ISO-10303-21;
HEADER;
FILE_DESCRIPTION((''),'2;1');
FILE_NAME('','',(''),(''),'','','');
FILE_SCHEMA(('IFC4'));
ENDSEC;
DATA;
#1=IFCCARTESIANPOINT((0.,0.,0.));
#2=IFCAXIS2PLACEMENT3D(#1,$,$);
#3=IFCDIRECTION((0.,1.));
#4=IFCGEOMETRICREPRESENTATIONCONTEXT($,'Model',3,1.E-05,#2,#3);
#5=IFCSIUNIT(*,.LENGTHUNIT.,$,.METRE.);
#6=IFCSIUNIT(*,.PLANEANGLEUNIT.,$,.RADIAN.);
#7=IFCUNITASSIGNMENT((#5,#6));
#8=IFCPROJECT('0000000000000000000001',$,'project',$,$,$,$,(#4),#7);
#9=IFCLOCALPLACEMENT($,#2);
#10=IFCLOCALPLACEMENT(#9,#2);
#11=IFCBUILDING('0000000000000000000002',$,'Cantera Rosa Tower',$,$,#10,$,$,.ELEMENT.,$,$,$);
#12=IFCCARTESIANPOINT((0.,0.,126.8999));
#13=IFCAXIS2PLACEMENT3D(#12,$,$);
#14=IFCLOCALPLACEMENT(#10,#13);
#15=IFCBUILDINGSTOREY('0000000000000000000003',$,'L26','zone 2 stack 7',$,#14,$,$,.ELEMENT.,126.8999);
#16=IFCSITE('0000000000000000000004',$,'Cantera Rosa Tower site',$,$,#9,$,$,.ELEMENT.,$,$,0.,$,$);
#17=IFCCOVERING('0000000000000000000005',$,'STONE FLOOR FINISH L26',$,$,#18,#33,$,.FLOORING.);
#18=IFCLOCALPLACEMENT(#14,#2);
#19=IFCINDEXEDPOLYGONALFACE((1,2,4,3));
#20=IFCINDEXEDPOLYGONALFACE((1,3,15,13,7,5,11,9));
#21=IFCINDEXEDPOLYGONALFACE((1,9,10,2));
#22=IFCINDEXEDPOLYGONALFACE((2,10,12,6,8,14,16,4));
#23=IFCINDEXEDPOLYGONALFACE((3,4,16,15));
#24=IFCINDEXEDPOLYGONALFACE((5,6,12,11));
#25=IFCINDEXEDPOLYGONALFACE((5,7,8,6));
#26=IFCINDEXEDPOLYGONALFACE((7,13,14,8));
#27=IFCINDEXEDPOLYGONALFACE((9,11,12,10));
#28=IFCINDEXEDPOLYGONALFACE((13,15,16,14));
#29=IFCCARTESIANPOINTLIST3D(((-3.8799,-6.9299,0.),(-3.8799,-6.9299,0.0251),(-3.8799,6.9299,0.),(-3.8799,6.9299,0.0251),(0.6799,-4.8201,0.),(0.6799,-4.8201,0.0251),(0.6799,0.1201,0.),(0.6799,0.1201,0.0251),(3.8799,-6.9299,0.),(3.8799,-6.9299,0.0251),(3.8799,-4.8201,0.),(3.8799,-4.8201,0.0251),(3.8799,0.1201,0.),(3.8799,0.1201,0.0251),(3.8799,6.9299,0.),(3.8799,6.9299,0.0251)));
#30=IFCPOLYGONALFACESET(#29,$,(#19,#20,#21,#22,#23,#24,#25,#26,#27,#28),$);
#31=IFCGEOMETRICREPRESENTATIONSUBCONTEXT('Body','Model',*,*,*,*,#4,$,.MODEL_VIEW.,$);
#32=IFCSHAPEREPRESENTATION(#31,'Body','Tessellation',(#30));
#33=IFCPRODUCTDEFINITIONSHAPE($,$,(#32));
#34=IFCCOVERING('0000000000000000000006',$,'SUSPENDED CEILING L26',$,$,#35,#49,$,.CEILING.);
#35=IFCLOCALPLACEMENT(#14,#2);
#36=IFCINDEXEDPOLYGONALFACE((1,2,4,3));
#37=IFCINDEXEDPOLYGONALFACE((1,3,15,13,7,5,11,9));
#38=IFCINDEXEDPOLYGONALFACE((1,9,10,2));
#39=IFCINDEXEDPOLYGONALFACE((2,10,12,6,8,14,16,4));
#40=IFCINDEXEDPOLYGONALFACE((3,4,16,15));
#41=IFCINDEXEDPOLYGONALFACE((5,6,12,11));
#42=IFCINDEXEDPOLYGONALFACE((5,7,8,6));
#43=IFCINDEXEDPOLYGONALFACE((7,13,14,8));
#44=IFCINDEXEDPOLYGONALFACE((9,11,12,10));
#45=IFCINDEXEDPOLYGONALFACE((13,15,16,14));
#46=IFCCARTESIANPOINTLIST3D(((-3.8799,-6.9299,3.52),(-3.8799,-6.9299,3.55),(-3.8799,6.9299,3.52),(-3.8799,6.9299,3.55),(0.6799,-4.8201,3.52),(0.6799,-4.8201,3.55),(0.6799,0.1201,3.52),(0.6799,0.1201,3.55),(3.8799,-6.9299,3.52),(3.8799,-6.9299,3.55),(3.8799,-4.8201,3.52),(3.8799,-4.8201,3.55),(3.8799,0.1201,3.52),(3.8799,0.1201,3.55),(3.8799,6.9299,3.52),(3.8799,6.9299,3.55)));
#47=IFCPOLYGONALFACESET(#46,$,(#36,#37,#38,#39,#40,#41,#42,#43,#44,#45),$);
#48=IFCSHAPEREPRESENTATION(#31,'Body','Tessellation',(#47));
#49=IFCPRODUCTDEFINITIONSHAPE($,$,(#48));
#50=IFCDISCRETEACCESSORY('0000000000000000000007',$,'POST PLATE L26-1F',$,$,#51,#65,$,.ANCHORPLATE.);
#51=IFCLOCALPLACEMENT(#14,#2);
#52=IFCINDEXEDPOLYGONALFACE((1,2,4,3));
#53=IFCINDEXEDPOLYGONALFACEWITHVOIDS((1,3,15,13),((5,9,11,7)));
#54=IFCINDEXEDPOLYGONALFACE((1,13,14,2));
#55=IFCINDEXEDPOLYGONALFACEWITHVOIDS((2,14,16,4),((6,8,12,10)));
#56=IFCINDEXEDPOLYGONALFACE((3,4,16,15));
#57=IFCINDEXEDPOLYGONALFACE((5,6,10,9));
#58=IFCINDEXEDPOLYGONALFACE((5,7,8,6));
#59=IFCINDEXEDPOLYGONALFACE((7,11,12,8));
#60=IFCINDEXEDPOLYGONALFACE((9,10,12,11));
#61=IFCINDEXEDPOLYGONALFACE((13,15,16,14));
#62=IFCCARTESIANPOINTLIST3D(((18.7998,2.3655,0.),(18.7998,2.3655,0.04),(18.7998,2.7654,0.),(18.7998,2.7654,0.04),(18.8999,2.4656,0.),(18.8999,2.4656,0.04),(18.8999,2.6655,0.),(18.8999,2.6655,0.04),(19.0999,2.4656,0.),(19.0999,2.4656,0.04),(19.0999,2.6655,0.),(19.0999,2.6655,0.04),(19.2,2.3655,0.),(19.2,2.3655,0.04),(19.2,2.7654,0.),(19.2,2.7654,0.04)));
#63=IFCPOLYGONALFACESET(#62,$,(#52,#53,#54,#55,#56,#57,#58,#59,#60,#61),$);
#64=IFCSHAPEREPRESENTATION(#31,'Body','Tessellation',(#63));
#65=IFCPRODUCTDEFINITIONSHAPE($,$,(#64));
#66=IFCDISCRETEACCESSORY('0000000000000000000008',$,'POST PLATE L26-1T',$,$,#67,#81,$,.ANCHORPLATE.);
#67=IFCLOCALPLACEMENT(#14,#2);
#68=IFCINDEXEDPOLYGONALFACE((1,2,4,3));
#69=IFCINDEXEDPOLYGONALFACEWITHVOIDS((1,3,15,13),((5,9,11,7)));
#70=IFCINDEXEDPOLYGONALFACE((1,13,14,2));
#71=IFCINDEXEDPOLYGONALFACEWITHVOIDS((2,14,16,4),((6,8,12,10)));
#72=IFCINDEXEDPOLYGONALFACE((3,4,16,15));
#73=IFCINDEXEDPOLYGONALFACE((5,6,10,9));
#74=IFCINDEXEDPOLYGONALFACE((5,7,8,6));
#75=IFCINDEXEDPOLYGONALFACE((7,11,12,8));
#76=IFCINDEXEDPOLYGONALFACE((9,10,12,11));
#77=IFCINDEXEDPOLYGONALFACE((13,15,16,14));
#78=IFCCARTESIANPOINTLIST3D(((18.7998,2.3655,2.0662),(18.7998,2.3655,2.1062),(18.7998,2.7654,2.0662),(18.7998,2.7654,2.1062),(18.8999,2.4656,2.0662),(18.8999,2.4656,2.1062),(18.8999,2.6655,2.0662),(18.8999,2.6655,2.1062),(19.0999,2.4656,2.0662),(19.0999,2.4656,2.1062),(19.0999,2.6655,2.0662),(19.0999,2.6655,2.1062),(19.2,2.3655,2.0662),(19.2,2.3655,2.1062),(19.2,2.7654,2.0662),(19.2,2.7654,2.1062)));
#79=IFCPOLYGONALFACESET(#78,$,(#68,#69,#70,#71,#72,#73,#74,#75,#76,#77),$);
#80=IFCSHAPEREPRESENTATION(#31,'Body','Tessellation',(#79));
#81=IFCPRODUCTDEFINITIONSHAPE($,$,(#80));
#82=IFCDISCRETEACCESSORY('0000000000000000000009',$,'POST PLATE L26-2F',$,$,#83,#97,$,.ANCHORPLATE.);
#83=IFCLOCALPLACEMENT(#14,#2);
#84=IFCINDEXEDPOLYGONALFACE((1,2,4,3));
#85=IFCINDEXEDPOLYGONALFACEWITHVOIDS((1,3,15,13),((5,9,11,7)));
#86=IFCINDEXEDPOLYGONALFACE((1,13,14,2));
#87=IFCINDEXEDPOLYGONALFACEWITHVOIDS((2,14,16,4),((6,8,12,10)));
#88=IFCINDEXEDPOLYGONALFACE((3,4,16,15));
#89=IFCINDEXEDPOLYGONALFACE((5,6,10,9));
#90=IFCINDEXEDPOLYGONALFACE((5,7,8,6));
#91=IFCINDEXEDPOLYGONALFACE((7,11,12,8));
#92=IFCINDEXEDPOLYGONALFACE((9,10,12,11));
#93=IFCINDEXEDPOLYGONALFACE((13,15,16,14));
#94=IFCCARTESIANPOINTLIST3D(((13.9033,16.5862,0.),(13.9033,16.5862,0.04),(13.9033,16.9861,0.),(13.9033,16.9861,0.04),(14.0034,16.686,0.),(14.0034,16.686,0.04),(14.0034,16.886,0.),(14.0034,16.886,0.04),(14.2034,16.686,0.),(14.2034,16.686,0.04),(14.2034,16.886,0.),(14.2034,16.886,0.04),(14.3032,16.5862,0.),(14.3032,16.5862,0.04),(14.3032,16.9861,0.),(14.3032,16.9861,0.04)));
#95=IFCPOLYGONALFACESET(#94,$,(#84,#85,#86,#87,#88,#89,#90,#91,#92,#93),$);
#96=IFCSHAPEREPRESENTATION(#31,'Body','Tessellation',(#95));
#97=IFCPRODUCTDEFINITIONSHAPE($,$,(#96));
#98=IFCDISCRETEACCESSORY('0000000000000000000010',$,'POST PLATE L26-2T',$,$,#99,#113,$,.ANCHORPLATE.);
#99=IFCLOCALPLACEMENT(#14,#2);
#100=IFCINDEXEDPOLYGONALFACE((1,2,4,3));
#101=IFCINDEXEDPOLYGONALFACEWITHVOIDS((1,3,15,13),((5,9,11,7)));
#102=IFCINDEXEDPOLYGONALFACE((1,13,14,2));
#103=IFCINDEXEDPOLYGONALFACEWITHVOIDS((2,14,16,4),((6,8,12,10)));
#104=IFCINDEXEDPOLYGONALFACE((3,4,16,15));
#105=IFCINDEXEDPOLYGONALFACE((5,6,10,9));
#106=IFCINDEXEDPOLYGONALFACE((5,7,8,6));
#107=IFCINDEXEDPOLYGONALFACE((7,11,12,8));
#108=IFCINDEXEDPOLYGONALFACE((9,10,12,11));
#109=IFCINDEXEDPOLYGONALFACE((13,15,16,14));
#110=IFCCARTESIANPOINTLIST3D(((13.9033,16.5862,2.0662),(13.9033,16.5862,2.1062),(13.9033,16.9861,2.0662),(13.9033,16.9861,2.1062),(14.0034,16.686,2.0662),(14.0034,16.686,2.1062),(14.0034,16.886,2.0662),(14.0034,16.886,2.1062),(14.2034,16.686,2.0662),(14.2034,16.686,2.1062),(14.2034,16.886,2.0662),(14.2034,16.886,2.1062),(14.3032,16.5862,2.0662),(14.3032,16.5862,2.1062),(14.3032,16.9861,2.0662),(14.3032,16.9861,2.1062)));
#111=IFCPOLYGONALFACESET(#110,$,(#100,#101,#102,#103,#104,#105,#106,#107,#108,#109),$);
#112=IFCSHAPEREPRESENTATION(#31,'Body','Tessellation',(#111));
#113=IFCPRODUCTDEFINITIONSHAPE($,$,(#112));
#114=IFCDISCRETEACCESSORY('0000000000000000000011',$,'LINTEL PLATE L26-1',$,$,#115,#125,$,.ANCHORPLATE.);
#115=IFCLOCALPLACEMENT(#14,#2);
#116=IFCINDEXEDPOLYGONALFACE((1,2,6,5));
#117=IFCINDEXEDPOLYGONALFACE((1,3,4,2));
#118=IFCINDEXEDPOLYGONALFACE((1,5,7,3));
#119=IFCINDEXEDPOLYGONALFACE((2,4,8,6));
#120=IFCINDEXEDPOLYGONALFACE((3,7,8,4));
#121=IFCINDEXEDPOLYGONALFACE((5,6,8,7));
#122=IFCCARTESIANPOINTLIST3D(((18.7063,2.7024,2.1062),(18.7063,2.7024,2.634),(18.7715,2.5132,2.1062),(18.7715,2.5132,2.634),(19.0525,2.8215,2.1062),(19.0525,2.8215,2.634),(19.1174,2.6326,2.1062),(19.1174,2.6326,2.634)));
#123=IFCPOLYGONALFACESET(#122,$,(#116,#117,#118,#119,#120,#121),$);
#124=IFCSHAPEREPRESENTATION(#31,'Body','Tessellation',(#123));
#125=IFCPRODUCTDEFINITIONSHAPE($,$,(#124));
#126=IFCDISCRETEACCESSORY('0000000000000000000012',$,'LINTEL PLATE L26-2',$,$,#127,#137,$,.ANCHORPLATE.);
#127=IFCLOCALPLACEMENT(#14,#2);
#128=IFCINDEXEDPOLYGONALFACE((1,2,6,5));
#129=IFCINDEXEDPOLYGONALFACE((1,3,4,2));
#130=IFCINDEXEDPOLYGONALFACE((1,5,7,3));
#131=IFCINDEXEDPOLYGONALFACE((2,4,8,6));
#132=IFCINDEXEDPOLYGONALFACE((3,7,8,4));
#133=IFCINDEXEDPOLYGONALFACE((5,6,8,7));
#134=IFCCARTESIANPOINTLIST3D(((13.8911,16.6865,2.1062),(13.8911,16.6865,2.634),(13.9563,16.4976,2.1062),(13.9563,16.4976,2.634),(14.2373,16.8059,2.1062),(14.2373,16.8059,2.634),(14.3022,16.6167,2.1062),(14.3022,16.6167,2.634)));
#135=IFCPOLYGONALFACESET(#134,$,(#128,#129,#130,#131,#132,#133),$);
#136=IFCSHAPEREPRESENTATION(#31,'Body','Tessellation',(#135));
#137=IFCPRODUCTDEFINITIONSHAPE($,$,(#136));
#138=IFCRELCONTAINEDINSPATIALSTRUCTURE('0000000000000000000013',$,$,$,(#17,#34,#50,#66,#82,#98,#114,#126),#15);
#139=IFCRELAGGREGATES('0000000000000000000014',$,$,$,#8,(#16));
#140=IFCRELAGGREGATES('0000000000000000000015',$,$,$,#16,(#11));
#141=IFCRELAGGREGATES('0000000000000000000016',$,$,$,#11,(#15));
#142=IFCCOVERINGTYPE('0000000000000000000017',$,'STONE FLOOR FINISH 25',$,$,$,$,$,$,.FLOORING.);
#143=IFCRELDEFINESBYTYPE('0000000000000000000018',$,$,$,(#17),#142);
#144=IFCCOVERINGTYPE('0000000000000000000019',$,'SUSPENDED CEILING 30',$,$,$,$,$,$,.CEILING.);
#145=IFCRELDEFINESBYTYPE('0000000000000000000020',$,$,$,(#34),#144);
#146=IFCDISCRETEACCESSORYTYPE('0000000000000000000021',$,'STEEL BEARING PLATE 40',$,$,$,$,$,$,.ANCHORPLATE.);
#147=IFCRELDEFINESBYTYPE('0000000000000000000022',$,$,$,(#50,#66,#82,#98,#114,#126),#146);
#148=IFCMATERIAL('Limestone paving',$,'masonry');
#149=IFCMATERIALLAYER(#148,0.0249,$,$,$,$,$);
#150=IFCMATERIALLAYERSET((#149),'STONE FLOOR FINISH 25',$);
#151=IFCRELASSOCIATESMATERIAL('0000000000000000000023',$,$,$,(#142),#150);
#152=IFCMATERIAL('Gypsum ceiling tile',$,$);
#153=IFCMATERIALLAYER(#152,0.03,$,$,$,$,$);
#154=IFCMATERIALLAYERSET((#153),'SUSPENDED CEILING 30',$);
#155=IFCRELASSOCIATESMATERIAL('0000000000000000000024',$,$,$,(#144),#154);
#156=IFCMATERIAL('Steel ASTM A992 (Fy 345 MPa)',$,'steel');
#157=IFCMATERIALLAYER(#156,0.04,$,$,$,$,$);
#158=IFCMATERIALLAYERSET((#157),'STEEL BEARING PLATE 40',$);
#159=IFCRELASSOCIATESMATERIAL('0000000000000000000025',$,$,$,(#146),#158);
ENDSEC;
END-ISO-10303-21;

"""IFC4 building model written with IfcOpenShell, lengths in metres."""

from ifc_helpers import new_model, si_unit, direction, frame, origin, place, context, subcontext, project, spatial, polyline, outline, extrude, material, layer, layer_set, type_object, element, save


model = new_model("IFC4")

# Units and contexts
model_context = context("Model", 3, precision=1e-05, world=origin(), true_north=direction((0.0, 1.0)))
body_context = subcontext(model_context, "Body", "Model", "MODEL_VIEW")
ifc_project = project(units=[si_unit("LENGTHUNIT", "METRE"), si_unit("PLANEANGLEUNIT", "RADIAN")], contexts=[model_context])

# Site, building, storey
site_placement = place(None, origin())
site = spatial("IfcSite", under=ifc_project, at=site_placement, Name="Cantera Rosa Tower site", CompositionType="ELEMENT", RefElevation=0.0)
building_placement = place(site_placement, origin())
building = spatial("IfcBuilding", under=site, at=building_placement, Name="Cantera Rosa Tower", CompositionType="ELEMENT")
storey_placement = place(building_placement, frame((0.0, 0.0, 126.8999)))
storey = spatial("IfcBuildingStorey", under=building, at=storey_placement, Name="L26", Description="zone 2 stack 7", CompositionType="ELEMENT", Elevation=126.8999)

# Coverings
ifc_material_1 = material(Name="Limestone paving", Category="masonry")
ifc_layer_1 = layer(ifc_material_1, 0.0249)
ifc_layer_set_1 = layer_set([ifc_layer_1], Name="STONE FLOOR FINISH 25")
covering_type_1 = type_object("IfcCoveringType", Name="STONE FLOOR FINISH 25", PredefinedType="FLOORING", material=ifc_layer_set_1)
covering_1_placement = place(storey_placement, origin())
element("IfcCovering", 1, at=covering_1_placement, inside=storey, type_object=covering_type_1, Name="STONE FLOOR FINISH L26", PredefinedType="FLOORING", context=body_context, shape_type="SweptSolid", body=[
    extrude(outline(polyline([(3.8799, 6.9299), (3.8799, 0.1201), (0.6799, 0.1201), (0.6799, -4.8201), (3.8799, -4.8201), (3.8799, -6.9299), (-3.8799, -6.9299), (-3.8799, 6.9299), (3.8799, 6.9299)])), origin(), (0.0, 0.0, 1.0), 0.0251),
])
ifc_material_2 = material(Name="Gypsum ceiling tile")
ifc_layer_2 = layer(ifc_material_2, 0.03)
ifc_layer_set_2 = layer_set([ifc_layer_2], Name="SUSPENDED CEILING 30")
covering_type_2 = type_object("IfcCoveringType", Name="SUSPENDED CEILING 30", PredefinedType="CEILING", material=ifc_layer_set_2)
covering_2_placement = place(storey_placement, frame((0.0, 0.0, 3.52)))
element("IfcCovering", 2, at=covering_2_placement, inside=storey, type_object=covering_type_2, Name="SUSPENDED CEILING L26", PredefinedType="CEILING", context=body_context, shape_type="SweptSolid", body=[
    extrude(outline(polyline([(3.8799, 6.9299), (3.8799, 0.1201), (0.6799, 0.1201), (0.6799, -4.8201), (3.8799, -4.8201), (3.8799, -6.9299), (-3.8799, -6.9299), (-3.8799, 6.9299), (3.8799, 6.9299)])), origin(), (0.0, 0.0, 1.0), 0.03),
])

# Discrete accessories
ifc_material_3 = material(Name="Steel ASTM A992 (Fy 345 MPa)", Category="steel")
ifc_layer_3 = layer(ifc_material_3, 0.04)
ifc_layer_set_3 = layer_set([ifc_layer_3], Name="STEEL BEARING PLATE 40")
discrete_accessory_type = type_object("IfcDiscreteAccessoryType", Name="STEEL BEARING PLATE 40", PredefinedType="ANCHORPLATE", material=ifc_layer_set_3)
for number, where, name in (
    (3, (0.0, 0.0, 0.0), "POST PLATE L26-1F"),
    (4, (0.0, 0.0, 2.0662), "POST PLATE L26-1T"),
):
    element("IfcDiscreteAccessory", number, at=place(storey_placement, frame(where)), inside=storey, type_object=discrete_accessory_type, Name=name, PredefinedType="ANCHORPLATE", context=body_context, shape_type="SweptSolid", body=[
        extrude(outline(polyline([(18.7998, 2.3655), (19.2, 2.3655), (19.2, 2.7654), (18.7998, 2.7654), (18.7998, 2.3655)]), holes=[polyline([(18.8999, 2.4656), (19.0999, 2.4656), (19.0999, 2.6655), (18.8999, 2.6655), (18.8999, 2.4656)])]), origin(), (0.0, 0.0, 1.0), 0.04),
    ])
for number, where, name in (
    (5, (0.0, 0.0, 0.0), "POST PLATE L26-2F"),
    (6, (0.0, 0.0, 2.0662), "POST PLATE L26-2T"),
):
    element("IfcDiscreteAccessory", number, at=place(storey_placement, frame(where)), inside=storey, type_object=discrete_accessory_type, Name=name, PredefinedType="ANCHORPLATE", context=body_context, shape_type="SweptSolid", body=[
        extrude(outline(polyline([(13.9033, 16.5862), (14.3032, 16.5862), (14.3032, 16.9861), (13.9033, 16.9861), (13.9033, 16.5862)]), holes=[polyline([(14.0034, 16.686), (14.2034, 16.686), (14.2034, 16.886), (14.0034, 16.886), (14.0034, 16.686)])]), origin(), (0.0, 0.0, 1.0), 0.04),
    ])
discrete_accessory_1_placement = place(storey_placement, frame((0.0, 0.0, 2.1062)))
element("IfcDiscreteAccessory", 7, at=discrete_accessory_1_placement, inside=storey, type_object=discrete_accessory_type, Name="LINTEL PLATE L26-1", PredefinedType="ANCHORPLATE", context=body_context, shape_type="SweptSolid", body=[
    extrude(outline(polyline([(18.7063, 2.7024), (18.7715, 2.5132), (19.1174, 2.6326), (19.0525, 2.8215), (18.7063, 2.7024)])), origin(), (0.0, 0.0, 1.0), 0.5278),
])
discrete_accessory_2_placement = place(storey_placement, frame((0.0, 0.0, 2.1062)))
element("IfcDiscreteAccessory", 8, at=discrete_accessory_2_placement, inside=storey, type_object=discrete_accessory_type, Name="LINTEL PLATE L26-2", PredefinedType="ANCHORPLATE", context=body_context, shape_type="SweptSolid", body=[
    extrude(outline(polyline([(14.3022, 16.6167), (14.2373, 16.8059), (13.8911, 16.6865), (13.9563, 16.4976), (14.3022, 16.6167)])), origin(), (0.0, 0.0, 1.0), 0.5278),
])

save(model, "model.ifc")
